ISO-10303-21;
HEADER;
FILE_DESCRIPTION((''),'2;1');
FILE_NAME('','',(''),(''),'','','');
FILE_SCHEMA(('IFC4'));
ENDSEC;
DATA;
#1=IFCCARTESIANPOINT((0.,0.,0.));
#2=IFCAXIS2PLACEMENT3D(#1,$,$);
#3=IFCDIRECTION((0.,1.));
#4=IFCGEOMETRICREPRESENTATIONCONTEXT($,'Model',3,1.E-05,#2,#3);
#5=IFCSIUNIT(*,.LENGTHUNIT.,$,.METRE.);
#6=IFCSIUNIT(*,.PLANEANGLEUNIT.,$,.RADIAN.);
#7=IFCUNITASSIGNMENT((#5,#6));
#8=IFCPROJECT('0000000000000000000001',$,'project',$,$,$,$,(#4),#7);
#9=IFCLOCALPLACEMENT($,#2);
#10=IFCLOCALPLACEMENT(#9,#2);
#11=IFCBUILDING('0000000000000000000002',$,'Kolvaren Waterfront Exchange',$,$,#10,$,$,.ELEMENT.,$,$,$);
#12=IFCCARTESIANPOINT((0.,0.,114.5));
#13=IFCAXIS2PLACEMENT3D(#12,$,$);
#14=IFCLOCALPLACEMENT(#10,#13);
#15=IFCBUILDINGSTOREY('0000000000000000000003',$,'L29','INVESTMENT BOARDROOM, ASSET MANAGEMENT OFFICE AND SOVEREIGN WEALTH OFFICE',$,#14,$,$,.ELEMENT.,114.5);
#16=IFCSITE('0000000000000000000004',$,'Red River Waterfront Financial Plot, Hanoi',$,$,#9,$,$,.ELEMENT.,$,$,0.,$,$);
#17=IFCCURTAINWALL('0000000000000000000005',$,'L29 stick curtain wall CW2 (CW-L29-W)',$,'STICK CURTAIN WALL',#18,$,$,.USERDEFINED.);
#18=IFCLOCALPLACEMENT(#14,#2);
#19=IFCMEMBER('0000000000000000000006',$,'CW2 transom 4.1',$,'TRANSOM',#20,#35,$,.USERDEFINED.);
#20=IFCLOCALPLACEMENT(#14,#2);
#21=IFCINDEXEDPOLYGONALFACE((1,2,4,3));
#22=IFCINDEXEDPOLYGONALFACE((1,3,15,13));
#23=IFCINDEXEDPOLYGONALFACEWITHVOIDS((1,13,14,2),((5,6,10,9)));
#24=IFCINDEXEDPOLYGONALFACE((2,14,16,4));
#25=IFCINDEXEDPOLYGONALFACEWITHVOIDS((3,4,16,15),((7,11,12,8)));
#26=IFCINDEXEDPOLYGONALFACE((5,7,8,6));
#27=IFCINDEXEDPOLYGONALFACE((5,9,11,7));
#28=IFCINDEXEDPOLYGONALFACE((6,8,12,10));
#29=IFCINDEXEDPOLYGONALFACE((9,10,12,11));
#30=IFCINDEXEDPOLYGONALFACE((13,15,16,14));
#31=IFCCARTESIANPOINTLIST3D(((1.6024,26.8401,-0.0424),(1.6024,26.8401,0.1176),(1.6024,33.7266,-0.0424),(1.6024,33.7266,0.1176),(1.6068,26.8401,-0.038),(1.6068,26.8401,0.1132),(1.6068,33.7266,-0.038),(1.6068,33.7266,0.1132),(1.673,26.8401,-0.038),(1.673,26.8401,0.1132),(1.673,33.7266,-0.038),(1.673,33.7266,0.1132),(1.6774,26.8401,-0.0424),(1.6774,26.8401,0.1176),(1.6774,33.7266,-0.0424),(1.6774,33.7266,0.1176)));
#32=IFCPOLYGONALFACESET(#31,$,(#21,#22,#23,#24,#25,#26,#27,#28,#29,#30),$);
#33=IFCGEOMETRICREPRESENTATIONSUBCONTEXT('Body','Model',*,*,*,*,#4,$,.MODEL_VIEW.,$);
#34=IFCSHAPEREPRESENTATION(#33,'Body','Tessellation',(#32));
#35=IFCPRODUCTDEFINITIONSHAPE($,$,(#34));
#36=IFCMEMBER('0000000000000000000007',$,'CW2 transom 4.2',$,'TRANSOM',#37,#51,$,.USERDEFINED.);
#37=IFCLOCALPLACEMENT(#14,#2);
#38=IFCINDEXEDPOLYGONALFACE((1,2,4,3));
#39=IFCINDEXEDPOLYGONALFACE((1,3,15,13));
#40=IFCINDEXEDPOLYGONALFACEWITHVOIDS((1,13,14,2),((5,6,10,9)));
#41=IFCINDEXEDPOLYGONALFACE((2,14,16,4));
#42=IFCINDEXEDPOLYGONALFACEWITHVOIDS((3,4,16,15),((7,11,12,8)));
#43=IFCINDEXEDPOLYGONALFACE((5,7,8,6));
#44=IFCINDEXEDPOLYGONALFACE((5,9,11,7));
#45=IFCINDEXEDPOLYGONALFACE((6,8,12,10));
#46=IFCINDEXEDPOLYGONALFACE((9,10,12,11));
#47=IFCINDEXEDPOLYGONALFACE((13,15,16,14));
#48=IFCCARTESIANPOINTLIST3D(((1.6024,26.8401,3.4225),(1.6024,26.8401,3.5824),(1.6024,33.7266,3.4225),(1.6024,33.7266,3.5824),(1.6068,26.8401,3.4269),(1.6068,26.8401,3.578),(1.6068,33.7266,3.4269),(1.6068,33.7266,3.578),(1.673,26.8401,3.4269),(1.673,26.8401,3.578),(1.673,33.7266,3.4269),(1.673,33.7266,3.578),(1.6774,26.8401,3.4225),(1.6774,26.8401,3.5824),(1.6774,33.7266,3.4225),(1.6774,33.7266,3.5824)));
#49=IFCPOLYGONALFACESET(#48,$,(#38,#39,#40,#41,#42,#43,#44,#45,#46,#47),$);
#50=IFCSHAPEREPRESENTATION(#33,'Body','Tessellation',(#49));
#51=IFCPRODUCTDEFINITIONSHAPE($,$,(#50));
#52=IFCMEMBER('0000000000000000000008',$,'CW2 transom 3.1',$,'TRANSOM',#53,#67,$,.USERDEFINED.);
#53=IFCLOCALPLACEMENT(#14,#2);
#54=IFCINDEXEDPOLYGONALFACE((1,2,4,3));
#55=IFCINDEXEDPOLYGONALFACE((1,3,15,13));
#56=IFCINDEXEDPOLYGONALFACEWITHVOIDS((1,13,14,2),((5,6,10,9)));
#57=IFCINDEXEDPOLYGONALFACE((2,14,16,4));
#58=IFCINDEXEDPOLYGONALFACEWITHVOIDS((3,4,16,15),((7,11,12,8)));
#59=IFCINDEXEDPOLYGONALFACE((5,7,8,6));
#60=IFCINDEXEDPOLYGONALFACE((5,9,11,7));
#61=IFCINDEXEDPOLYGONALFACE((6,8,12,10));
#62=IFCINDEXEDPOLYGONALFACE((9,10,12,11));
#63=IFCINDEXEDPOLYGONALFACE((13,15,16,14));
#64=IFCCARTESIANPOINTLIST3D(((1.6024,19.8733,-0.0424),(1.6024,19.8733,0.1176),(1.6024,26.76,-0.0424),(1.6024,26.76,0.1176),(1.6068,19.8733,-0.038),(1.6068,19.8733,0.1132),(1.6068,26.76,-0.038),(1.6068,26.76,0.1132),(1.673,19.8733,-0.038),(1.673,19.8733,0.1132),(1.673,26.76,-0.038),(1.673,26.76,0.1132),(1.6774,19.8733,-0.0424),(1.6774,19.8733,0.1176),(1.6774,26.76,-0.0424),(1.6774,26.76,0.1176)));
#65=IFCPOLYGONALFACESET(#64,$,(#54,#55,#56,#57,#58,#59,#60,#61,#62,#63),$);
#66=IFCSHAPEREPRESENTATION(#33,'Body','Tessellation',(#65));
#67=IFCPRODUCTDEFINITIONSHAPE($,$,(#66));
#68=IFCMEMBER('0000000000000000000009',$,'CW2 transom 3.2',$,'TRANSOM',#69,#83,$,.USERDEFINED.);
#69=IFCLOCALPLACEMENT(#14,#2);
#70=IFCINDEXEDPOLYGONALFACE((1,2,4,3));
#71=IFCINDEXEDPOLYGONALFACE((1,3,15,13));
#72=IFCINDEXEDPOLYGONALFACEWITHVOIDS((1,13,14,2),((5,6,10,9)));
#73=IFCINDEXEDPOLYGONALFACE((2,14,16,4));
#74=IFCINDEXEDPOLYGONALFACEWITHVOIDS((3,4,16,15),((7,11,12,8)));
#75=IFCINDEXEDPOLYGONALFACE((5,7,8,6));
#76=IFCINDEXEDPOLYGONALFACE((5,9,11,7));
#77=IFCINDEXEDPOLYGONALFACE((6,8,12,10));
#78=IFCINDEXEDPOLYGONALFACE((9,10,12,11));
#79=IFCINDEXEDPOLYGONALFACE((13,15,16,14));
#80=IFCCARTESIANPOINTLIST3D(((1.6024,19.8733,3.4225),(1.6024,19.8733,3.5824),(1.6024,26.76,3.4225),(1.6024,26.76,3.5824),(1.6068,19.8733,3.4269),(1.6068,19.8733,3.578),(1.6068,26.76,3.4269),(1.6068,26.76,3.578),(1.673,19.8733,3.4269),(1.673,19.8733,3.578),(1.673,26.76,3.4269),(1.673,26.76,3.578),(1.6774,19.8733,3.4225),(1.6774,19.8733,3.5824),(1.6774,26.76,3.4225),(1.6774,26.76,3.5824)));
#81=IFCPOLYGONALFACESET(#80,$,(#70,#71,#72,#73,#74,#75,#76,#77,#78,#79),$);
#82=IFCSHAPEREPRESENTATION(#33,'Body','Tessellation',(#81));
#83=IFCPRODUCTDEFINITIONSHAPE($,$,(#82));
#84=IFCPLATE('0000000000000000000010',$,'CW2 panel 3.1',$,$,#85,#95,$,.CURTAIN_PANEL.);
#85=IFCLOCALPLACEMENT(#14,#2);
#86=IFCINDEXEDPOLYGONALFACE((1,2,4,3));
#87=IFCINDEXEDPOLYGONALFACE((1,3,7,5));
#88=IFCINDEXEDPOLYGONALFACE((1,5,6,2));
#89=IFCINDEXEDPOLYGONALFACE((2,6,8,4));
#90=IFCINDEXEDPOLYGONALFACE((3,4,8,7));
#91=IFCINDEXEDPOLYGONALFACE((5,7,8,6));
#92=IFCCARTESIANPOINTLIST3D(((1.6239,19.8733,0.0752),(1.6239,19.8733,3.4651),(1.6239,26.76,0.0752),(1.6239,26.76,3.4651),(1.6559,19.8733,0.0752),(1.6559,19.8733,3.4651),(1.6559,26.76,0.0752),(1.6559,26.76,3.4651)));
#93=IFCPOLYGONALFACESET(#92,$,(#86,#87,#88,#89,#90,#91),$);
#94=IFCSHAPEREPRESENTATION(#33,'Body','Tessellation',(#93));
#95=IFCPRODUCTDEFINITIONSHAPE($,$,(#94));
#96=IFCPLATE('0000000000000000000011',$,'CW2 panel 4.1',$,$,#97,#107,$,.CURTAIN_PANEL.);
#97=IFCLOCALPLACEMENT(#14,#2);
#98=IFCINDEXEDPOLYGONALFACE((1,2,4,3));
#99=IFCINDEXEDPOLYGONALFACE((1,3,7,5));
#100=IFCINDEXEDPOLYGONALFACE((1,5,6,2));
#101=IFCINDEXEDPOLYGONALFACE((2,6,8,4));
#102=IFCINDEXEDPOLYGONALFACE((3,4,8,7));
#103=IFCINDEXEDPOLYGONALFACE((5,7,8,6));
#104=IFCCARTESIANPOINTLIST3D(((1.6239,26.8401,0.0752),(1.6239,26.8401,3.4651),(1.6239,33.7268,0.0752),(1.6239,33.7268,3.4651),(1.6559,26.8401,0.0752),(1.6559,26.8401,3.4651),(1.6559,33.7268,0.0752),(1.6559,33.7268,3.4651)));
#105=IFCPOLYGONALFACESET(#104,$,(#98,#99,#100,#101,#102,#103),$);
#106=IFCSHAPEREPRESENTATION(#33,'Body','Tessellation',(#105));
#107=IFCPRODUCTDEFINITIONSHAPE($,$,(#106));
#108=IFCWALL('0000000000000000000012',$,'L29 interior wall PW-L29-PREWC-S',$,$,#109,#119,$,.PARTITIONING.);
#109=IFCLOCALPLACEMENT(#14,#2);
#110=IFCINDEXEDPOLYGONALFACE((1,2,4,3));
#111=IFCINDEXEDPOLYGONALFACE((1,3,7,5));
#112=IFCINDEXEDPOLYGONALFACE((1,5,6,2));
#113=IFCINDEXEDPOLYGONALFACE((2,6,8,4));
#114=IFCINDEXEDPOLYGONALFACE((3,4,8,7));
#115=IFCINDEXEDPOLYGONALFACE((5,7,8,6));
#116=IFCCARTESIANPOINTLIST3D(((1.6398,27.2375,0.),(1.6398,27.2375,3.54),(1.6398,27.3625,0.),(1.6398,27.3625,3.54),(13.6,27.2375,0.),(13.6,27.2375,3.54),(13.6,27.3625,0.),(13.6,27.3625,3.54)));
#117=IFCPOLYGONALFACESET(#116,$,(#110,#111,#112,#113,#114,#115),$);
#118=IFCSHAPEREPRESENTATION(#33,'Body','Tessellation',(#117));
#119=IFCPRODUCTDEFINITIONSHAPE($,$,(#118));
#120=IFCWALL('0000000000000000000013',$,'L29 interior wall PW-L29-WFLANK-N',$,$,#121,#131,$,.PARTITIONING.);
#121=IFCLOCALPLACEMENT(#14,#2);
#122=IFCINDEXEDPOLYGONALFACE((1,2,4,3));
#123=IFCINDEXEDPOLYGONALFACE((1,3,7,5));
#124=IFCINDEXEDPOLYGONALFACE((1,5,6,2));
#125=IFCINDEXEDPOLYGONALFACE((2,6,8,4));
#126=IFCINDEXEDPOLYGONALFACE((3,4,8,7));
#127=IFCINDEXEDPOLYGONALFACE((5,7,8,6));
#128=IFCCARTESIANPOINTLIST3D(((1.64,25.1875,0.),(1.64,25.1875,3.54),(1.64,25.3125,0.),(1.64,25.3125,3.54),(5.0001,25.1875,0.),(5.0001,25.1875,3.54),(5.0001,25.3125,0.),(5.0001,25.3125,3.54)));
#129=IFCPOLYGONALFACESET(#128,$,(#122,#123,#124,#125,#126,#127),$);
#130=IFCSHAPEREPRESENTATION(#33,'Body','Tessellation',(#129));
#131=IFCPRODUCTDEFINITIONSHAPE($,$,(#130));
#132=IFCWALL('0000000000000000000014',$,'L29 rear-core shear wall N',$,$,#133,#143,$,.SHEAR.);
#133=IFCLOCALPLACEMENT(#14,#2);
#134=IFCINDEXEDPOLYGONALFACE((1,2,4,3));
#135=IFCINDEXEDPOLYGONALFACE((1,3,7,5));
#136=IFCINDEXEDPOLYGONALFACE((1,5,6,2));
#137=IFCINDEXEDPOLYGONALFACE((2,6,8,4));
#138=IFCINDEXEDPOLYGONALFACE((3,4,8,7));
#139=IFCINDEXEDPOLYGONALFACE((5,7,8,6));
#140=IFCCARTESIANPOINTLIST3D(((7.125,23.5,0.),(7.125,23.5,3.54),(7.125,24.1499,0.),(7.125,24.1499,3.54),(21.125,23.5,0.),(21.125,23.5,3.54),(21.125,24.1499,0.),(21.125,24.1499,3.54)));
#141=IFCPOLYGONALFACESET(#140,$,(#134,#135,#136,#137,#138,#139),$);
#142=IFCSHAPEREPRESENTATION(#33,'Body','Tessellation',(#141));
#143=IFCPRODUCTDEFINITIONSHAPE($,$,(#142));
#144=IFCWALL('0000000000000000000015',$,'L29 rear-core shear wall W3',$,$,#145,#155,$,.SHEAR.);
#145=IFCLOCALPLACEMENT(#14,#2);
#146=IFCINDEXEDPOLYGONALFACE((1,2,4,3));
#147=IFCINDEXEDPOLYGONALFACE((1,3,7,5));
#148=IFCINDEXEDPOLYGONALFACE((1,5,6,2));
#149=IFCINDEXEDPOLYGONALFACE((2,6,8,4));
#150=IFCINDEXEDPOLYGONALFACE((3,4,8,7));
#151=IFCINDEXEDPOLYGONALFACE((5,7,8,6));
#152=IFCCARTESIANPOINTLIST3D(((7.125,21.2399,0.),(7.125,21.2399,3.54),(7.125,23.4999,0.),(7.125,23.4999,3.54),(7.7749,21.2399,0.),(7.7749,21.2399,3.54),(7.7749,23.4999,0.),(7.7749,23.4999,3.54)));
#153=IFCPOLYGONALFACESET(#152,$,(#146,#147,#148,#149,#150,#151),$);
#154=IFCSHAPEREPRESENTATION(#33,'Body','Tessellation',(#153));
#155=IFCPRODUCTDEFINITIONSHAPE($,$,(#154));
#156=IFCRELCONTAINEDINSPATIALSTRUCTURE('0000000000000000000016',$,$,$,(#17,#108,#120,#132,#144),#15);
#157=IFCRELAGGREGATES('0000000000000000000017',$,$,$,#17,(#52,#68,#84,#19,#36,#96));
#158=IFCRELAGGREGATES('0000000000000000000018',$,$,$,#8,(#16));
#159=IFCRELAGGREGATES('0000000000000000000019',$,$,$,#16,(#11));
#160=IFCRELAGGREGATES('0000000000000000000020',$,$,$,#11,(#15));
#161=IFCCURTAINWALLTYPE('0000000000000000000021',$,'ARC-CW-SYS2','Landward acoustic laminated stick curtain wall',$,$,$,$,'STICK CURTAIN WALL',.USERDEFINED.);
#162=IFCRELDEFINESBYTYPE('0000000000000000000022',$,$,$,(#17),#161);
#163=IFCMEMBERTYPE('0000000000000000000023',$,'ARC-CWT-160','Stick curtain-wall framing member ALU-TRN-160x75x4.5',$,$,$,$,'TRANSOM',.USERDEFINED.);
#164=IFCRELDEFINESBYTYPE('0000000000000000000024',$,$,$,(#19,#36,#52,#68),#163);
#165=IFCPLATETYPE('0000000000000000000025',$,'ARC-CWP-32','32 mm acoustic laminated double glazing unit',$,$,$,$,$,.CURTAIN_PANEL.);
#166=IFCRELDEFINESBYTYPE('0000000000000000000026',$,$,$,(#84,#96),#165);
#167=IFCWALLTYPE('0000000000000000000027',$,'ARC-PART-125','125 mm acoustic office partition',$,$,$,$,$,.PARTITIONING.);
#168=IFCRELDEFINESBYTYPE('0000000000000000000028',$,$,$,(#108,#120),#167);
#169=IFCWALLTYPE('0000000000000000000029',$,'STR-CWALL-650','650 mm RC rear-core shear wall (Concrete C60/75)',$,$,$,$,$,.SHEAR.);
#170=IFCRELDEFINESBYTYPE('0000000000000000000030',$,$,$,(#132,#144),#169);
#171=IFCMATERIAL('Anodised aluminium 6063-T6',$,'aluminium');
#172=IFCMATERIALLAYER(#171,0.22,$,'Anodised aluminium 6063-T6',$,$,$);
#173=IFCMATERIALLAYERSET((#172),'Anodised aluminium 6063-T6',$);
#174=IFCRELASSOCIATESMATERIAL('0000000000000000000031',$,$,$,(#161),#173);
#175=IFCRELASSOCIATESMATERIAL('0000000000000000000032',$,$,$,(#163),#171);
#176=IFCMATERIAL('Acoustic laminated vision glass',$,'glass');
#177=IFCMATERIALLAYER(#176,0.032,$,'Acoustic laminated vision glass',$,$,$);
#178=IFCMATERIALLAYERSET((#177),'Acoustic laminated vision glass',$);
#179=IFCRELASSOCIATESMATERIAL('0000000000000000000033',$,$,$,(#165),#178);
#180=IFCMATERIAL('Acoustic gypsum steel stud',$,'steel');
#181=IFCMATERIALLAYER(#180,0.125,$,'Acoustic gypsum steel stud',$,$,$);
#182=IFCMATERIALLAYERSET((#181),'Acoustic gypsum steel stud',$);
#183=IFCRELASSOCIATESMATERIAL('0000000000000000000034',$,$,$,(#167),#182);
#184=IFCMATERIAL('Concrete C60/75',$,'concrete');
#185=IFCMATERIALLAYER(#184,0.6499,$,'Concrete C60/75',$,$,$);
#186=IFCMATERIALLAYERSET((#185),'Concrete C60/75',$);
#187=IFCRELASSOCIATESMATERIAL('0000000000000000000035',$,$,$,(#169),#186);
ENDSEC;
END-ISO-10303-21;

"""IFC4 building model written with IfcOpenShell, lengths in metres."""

from ifc_helpers import new_model, si_unit, direction, frame, frame_2d, origin, origin_with_axes, origin_2d, place, context, subcontext, project, spatial, rectangle, hollow_rectangle, extrude, source, transform, mapped, material, layer, layer_set, material_profile, profile_set, type_object, element, aggregate, save


model = new_model("IFC4")

# Units and contexts
model_context = context("Model", 3, precision=1e-05, world=origin(), true_north=direction((0.0, 1.0)))
body_context = subcontext(model_context, "Body", "Model", "MODEL_VIEW")
ifc_project = project(units=[si_unit("LENGTHUNIT", "METRE"), si_unit("PLANEANGLEUNIT", "RADIAN")], contexts=[model_context])

# Site, building, storey
site_placement = place(None, origin())
site = spatial("IfcSite", under=ifc_project, at=site_placement, Name="Red River Waterfront Financial Plot, Hanoi", CompositionType="ELEMENT", RefElevation=0.0)
building_placement = place(site_placement, origin())
building = spatial("IfcBuilding", under=site, at=building_placement, Name="Kolvaren Waterfront Exchange", CompositionType="ELEMENT")
storey_placement = place(building_placement, frame((0.0, 0.0, 114.5)))
storey = spatial("IfcBuildingStorey", under=building, at=storey_placement, Name="L29", Description="INVESTMENT BOARDROOM, ASSET MANAGEMENT OFFICE AND SOVEREIGN WEALTH OFFICE", CompositionType="ELEMENT", Elevation=114.5)

# Shared definitions
ifc_material_1 = material(Name="Concrete C60/75", Category="concrete")

# Curtain wall, members, plates
ifc_material_2 = material(Name="Anodised aluminium 6063-T6", Category="aluminium")
ifc_layer_1 = layer(ifc_material_2, 0.22, Name="Anodised aluminium 6063-T6")
ifc_layer_set_1 = layer_set([ifc_layer_1], Name="Anodised aluminium 6063-T6")
curtain_wall_type = type_object("IfcCurtainWallType", Name="ARC-CW-SYS2", Description="Landward acoustic laminated stick curtain wall", ElementType="STICK CURTAIN WALL", PredefinedType="USERDEFINED", material=ifc_layer_set_1)
curtain_wall_placement = place(storey_placement, origin())
curtain_wall = element("IfcCurtainWall", 1, at=curtain_wall_placement, inside=storey, type_object=curtain_wall_type, Name="L29 stick curtain wall CW2 (CW-L29-W)", ObjectType="STICK CURTAIN WALL", PredefinedType="USERDEFINED")
ifc_material_profile_1 = material_profile(ifc_material_2, hollow_rectangle(XDim=0.075, YDim=0.1599, WallThickness=0.0044, at=origin_2d()), Name="ALU-TRN-160x75x4.5")
ifc_profile_set_1 = profile_set([ifc_material_profile_1], Name="Anodised aluminium 6063-T6")
member_type_1 = type_object("IfcMemberType", Name="ARC-CWT-160", Description="Stick curtain-wall framing member ALU-TRN-160x75x4.5", ElementType="TRANSOM", PredefinedType="USERDEFINED", material=ifc_profile_set_1)
shared_shape_1 = source(origin_with_axes(), body_context, "Body", "SweptSolid", [
    extrude(hollow_rectangle(XDim=0.075, YDim=0.1599, WallThickness=0.0044, at=origin_2d()), origin(), (0.0, 0.0, 1.0), 6.8865),
])
member_1_placement = place(storey_placement, frame((1.6399, 26.8401, 0.0376), z_axis=(0.0, 1.0, 0.0), x_axis=(-1.0, 0.0, 0.0)))
member_1 = element("IfcMember", 2, at=member_1_placement, type_object=member_type_1, Name="CW2 transom 4.1", ObjectType="TRANSOM", PredefinedType="USERDEFINED", context=body_context, shape_type="MappedRepresentation", body=[
    mapped(shared_shape_1, transform((0.0, 0.0, 0.0), x_axis=(1.0, 0.0, 0.0), y_axis=(0.0, 1.0, 0.0), z_axis=(0.0, 0.0, 1.0), scale=1.0)),
])
member_2_placement = place(storey_placement, frame((1.6399, 26.8401, 3.5024), z_axis=(0.0, 1.0, 0.0), x_axis=(-1.0, 0.0, 0.0)))
member_2 = element("IfcMember", 3, at=member_2_placement, type_object=member_type_1, Name="CW2 transom 4.2", ObjectType="TRANSOM", PredefinedType="USERDEFINED", context=body_context, shape_type="MappedRepresentation", body=[
    mapped(shared_shape_1, transform((0.0, 0.0, 0.0), x_axis=(1.0, 0.0, 0.0), y_axis=(0.0, 1.0, 0.0), z_axis=(0.0, 0.0, 1.0), scale=1.0)),
])
shared_shape_2 = source(origin_with_axes(), body_context, "Body", "SweptSolid", [
    extrude(hollow_rectangle(XDim=0.075, YDim=0.1599, WallThickness=0.0044, at=origin_2d()), origin(), (0.0, 0.0, 1.0), 6.8867),
])
member_3_placement = place(storey_placement, frame((1.6399, 19.8733, 0.0376), z_axis=(0.0, 1.0, 0.0), x_axis=(-1.0, 0.0, 0.0)))
member_3 = element("IfcMember", 4, at=member_3_placement, type_object=member_type_1, Name="CW2 transom 3.1", ObjectType="TRANSOM", PredefinedType="USERDEFINED", context=body_context, shape_type="MappedRepresentation", body=[
    mapped(shared_shape_2, transform((0.0, 0.0, 0.0), x_axis=(1.0, 0.0, 0.0), y_axis=(0.0, 1.0, 0.0), z_axis=(0.0, 0.0, 1.0), scale=1.0)),
])
member_4_placement = place(storey_placement, frame((1.6399, 19.8733, 3.5024), z_axis=(0.0, 1.0, 0.0), x_axis=(-1.0, 0.0, 0.0)))
member_4 = element("IfcMember", 5, at=member_4_placement, type_object=member_type_1, Name="CW2 transom 3.2", ObjectType="TRANSOM", PredefinedType="USERDEFINED", context=body_context, shape_type="MappedRepresentation", body=[
    mapped(shared_shape_2, transform((0.0, 0.0, 0.0), x_axis=(1.0, 0.0, 0.0), y_axis=(0.0, 1.0, 0.0), z_axis=(0.0, 0.0, 1.0), scale=1.0)),
])
ifc_material_3 = material(Name="Acoustic laminated vision glass", Category="glass")
ifc_layer_2 = layer(ifc_material_3, 0.032, Name="Acoustic laminated vision glass")
ifc_layer_set_2 = layer_set([ifc_layer_2], Name="Acoustic laminated vision glass")
plate_type = type_object("IfcPlateType", Name="ARC-CWP-32", Description="32 mm acoustic laminated double glazing unit", PredefinedType="CURTAIN_PANEL", material=ifc_layer_set_2)
shared_shape_3 = source(origin_with_axes(), body_context, "Body", "SweptSolid", [
    extrude(rectangle(XDim=6.8867, YDim=0.032, at=origin_2d()), origin(), (0.0, 0.0, 1.0), 3.3899),
])
plate_1_placement = place(storey_placement, frame((1.6399, 23.3167, 0.0752), z_axis=(0.0, 0.0, 1.0), x_axis=(0.0, 1.0, 0.0)))
plate_1 = element("IfcPlate", 6, at=plate_1_placement, type_object=plate_type, Name="CW2 panel 3.1", PredefinedType="CURTAIN_PANEL", context=body_context, shape_type="MappedRepresentation", body=[
    mapped(shared_shape_3, transform((0.0, 0.0, 0.0), x_axis=(1.0, 0.0, 0.0), y_axis=(0.0, 1.0, 0.0), z_axis=(0.0, 0.0, 1.0), scale=1.0)),
])
plate_2_placement = place(storey_placement, frame((1.6399, 30.2834, 0.0752), z_axis=(0.0, 0.0, 1.0), x_axis=(0.0, 1.0, 0.0)))
plate_2 = element("IfcPlate", 7, at=plate_2_placement, type_object=plate_type, Name="CW2 panel 4.1", PredefinedType="CURTAIN_PANEL", context=body_context, shape_type="MappedRepresentation", body=[
    mapped(shared_shape_3, transform((0.0, 0.0, 0.0), x_axis=(1.0, 0.0, 0.0), y_axis=(0.0, 1.0, 0.0), z_axis=(0.0, 0.0, 1.0), scale=1.0)),
])
aggregate(curtain_wall, [member_3, member_4, plate_1, member_1, member_2, plate_2])

# Walls
ifc_material_4 = material(Name="Acoustic gypsum steel stud", Category="steel")
ifc_layer_3 = layer(ifc_material_4, 0.125, Name="Acoustic gypsum steel stud")
ifc_layer_set_3 = layer_set([ifc_layer_3], Name="Acoustic gypsum steel stud")
wall_type_1 = type_object("IfcWallType", Name="ARC-PART-125", Description="125 mm acoustic office partition", PredefinedType="PARTITIONING", material=ifc_layer_set_3)
wall_1_placement = place(storey_placement, frame((1.6399, 27.3, 0.0), z_axis=(0.0, 0.0, 1.0), x_axis=(1.0, 0.0, 0.0)))
element("IfcWall", 8, at=wall_1_placement, inside=storey, type_object=wall_type_1, Name="L29 interior wall PW-L29-PREWC-S", PredefinedType="PARTITIONING", context=body_context, shape_type="SweptSolid", body=[
    extrude(rectangle(XDim=11.9602, YDim=0.125, at=frame_2d((5.98, 0.0))), origin(), (0.0, 0.0, 1.0), 3.54),
])
wall_2_placement = place(storey_placement, frame((1.6399, 25.25, 0.0), z_axis=(0.0, 0.0, 1.0), x_axis=(1.0, 0.0, 0.0)))
element("IfcWall", 9, at=wall_2_placement, inside=storey, type_object=wall_type_1, Name="L29 interior wall PW-L29-WFLANK-N", PredefinedType="PARTITIONING", context=body_context, shape_type="SweptSolid", body=[
    extrude(rectangle(XDim=3.3601, YDim=0.125, at=frame_2d((1.6802, 0.0))), origin(), (0.0, 0.0, 1.0), 3.54),
])
ifc_layer_4 = layer(ifc_material_1, 0.6499, Name="Concrete C60/75")
ifc_layer_set_4 = layer_set([ifc_layer_4], Name="Concrete C60/75")
wall_type_2 = type_object("IfcWallType", Name="STR-CWALL-650", Description="650 mm RC rear-core shear wall (Concrete C60/75)", PredefinedType="SHEAR", material=ifc_layer_set_4)
wall_3_placement = place(storey_placement, frame((7.125, 23.825, 0.0), z_axis=(0.0, 0.0, 1.0), x_axis=(1.0, 0.0, 0.0)))
element("IfcWall", 10, at=wall_3_placement, inside=storey, type_object=wall_type_2, Name="L29 rear-core shear wall N", PredefinedType="SHEAR", context=body_context, shape_type="SweptSolid", body=[
    extrude(rectangle(XDim=14.0, YDim=0.6499, at=frame_2d((7.0, 0.0))), origin(), (0.0, 0.0, 1.0), 3.54),
])
wall_4_placement = place(storey_placement, frame((7.45, 21.24, 0.0), z_axis=(0.0, 0.0, 1.0), x_axis=(0.0, 1.0, 0.0)))
element("IfcWall", 11, at=wall_4_placement, inside=storey, type_object=wall_type_2, Name="L29 rear-core shear wall W3", PredefinedType="SHEAR", context=body_context, shape_type="SweptSolid", body=[
    extrude(rectangle(XDim=2.26, YDim=0.6499, at=frame_2d((1.1299, 0.0))), origin(), (0.0, 0.0, 1.0), 3.54),
])

save(model, "model.ifc")
